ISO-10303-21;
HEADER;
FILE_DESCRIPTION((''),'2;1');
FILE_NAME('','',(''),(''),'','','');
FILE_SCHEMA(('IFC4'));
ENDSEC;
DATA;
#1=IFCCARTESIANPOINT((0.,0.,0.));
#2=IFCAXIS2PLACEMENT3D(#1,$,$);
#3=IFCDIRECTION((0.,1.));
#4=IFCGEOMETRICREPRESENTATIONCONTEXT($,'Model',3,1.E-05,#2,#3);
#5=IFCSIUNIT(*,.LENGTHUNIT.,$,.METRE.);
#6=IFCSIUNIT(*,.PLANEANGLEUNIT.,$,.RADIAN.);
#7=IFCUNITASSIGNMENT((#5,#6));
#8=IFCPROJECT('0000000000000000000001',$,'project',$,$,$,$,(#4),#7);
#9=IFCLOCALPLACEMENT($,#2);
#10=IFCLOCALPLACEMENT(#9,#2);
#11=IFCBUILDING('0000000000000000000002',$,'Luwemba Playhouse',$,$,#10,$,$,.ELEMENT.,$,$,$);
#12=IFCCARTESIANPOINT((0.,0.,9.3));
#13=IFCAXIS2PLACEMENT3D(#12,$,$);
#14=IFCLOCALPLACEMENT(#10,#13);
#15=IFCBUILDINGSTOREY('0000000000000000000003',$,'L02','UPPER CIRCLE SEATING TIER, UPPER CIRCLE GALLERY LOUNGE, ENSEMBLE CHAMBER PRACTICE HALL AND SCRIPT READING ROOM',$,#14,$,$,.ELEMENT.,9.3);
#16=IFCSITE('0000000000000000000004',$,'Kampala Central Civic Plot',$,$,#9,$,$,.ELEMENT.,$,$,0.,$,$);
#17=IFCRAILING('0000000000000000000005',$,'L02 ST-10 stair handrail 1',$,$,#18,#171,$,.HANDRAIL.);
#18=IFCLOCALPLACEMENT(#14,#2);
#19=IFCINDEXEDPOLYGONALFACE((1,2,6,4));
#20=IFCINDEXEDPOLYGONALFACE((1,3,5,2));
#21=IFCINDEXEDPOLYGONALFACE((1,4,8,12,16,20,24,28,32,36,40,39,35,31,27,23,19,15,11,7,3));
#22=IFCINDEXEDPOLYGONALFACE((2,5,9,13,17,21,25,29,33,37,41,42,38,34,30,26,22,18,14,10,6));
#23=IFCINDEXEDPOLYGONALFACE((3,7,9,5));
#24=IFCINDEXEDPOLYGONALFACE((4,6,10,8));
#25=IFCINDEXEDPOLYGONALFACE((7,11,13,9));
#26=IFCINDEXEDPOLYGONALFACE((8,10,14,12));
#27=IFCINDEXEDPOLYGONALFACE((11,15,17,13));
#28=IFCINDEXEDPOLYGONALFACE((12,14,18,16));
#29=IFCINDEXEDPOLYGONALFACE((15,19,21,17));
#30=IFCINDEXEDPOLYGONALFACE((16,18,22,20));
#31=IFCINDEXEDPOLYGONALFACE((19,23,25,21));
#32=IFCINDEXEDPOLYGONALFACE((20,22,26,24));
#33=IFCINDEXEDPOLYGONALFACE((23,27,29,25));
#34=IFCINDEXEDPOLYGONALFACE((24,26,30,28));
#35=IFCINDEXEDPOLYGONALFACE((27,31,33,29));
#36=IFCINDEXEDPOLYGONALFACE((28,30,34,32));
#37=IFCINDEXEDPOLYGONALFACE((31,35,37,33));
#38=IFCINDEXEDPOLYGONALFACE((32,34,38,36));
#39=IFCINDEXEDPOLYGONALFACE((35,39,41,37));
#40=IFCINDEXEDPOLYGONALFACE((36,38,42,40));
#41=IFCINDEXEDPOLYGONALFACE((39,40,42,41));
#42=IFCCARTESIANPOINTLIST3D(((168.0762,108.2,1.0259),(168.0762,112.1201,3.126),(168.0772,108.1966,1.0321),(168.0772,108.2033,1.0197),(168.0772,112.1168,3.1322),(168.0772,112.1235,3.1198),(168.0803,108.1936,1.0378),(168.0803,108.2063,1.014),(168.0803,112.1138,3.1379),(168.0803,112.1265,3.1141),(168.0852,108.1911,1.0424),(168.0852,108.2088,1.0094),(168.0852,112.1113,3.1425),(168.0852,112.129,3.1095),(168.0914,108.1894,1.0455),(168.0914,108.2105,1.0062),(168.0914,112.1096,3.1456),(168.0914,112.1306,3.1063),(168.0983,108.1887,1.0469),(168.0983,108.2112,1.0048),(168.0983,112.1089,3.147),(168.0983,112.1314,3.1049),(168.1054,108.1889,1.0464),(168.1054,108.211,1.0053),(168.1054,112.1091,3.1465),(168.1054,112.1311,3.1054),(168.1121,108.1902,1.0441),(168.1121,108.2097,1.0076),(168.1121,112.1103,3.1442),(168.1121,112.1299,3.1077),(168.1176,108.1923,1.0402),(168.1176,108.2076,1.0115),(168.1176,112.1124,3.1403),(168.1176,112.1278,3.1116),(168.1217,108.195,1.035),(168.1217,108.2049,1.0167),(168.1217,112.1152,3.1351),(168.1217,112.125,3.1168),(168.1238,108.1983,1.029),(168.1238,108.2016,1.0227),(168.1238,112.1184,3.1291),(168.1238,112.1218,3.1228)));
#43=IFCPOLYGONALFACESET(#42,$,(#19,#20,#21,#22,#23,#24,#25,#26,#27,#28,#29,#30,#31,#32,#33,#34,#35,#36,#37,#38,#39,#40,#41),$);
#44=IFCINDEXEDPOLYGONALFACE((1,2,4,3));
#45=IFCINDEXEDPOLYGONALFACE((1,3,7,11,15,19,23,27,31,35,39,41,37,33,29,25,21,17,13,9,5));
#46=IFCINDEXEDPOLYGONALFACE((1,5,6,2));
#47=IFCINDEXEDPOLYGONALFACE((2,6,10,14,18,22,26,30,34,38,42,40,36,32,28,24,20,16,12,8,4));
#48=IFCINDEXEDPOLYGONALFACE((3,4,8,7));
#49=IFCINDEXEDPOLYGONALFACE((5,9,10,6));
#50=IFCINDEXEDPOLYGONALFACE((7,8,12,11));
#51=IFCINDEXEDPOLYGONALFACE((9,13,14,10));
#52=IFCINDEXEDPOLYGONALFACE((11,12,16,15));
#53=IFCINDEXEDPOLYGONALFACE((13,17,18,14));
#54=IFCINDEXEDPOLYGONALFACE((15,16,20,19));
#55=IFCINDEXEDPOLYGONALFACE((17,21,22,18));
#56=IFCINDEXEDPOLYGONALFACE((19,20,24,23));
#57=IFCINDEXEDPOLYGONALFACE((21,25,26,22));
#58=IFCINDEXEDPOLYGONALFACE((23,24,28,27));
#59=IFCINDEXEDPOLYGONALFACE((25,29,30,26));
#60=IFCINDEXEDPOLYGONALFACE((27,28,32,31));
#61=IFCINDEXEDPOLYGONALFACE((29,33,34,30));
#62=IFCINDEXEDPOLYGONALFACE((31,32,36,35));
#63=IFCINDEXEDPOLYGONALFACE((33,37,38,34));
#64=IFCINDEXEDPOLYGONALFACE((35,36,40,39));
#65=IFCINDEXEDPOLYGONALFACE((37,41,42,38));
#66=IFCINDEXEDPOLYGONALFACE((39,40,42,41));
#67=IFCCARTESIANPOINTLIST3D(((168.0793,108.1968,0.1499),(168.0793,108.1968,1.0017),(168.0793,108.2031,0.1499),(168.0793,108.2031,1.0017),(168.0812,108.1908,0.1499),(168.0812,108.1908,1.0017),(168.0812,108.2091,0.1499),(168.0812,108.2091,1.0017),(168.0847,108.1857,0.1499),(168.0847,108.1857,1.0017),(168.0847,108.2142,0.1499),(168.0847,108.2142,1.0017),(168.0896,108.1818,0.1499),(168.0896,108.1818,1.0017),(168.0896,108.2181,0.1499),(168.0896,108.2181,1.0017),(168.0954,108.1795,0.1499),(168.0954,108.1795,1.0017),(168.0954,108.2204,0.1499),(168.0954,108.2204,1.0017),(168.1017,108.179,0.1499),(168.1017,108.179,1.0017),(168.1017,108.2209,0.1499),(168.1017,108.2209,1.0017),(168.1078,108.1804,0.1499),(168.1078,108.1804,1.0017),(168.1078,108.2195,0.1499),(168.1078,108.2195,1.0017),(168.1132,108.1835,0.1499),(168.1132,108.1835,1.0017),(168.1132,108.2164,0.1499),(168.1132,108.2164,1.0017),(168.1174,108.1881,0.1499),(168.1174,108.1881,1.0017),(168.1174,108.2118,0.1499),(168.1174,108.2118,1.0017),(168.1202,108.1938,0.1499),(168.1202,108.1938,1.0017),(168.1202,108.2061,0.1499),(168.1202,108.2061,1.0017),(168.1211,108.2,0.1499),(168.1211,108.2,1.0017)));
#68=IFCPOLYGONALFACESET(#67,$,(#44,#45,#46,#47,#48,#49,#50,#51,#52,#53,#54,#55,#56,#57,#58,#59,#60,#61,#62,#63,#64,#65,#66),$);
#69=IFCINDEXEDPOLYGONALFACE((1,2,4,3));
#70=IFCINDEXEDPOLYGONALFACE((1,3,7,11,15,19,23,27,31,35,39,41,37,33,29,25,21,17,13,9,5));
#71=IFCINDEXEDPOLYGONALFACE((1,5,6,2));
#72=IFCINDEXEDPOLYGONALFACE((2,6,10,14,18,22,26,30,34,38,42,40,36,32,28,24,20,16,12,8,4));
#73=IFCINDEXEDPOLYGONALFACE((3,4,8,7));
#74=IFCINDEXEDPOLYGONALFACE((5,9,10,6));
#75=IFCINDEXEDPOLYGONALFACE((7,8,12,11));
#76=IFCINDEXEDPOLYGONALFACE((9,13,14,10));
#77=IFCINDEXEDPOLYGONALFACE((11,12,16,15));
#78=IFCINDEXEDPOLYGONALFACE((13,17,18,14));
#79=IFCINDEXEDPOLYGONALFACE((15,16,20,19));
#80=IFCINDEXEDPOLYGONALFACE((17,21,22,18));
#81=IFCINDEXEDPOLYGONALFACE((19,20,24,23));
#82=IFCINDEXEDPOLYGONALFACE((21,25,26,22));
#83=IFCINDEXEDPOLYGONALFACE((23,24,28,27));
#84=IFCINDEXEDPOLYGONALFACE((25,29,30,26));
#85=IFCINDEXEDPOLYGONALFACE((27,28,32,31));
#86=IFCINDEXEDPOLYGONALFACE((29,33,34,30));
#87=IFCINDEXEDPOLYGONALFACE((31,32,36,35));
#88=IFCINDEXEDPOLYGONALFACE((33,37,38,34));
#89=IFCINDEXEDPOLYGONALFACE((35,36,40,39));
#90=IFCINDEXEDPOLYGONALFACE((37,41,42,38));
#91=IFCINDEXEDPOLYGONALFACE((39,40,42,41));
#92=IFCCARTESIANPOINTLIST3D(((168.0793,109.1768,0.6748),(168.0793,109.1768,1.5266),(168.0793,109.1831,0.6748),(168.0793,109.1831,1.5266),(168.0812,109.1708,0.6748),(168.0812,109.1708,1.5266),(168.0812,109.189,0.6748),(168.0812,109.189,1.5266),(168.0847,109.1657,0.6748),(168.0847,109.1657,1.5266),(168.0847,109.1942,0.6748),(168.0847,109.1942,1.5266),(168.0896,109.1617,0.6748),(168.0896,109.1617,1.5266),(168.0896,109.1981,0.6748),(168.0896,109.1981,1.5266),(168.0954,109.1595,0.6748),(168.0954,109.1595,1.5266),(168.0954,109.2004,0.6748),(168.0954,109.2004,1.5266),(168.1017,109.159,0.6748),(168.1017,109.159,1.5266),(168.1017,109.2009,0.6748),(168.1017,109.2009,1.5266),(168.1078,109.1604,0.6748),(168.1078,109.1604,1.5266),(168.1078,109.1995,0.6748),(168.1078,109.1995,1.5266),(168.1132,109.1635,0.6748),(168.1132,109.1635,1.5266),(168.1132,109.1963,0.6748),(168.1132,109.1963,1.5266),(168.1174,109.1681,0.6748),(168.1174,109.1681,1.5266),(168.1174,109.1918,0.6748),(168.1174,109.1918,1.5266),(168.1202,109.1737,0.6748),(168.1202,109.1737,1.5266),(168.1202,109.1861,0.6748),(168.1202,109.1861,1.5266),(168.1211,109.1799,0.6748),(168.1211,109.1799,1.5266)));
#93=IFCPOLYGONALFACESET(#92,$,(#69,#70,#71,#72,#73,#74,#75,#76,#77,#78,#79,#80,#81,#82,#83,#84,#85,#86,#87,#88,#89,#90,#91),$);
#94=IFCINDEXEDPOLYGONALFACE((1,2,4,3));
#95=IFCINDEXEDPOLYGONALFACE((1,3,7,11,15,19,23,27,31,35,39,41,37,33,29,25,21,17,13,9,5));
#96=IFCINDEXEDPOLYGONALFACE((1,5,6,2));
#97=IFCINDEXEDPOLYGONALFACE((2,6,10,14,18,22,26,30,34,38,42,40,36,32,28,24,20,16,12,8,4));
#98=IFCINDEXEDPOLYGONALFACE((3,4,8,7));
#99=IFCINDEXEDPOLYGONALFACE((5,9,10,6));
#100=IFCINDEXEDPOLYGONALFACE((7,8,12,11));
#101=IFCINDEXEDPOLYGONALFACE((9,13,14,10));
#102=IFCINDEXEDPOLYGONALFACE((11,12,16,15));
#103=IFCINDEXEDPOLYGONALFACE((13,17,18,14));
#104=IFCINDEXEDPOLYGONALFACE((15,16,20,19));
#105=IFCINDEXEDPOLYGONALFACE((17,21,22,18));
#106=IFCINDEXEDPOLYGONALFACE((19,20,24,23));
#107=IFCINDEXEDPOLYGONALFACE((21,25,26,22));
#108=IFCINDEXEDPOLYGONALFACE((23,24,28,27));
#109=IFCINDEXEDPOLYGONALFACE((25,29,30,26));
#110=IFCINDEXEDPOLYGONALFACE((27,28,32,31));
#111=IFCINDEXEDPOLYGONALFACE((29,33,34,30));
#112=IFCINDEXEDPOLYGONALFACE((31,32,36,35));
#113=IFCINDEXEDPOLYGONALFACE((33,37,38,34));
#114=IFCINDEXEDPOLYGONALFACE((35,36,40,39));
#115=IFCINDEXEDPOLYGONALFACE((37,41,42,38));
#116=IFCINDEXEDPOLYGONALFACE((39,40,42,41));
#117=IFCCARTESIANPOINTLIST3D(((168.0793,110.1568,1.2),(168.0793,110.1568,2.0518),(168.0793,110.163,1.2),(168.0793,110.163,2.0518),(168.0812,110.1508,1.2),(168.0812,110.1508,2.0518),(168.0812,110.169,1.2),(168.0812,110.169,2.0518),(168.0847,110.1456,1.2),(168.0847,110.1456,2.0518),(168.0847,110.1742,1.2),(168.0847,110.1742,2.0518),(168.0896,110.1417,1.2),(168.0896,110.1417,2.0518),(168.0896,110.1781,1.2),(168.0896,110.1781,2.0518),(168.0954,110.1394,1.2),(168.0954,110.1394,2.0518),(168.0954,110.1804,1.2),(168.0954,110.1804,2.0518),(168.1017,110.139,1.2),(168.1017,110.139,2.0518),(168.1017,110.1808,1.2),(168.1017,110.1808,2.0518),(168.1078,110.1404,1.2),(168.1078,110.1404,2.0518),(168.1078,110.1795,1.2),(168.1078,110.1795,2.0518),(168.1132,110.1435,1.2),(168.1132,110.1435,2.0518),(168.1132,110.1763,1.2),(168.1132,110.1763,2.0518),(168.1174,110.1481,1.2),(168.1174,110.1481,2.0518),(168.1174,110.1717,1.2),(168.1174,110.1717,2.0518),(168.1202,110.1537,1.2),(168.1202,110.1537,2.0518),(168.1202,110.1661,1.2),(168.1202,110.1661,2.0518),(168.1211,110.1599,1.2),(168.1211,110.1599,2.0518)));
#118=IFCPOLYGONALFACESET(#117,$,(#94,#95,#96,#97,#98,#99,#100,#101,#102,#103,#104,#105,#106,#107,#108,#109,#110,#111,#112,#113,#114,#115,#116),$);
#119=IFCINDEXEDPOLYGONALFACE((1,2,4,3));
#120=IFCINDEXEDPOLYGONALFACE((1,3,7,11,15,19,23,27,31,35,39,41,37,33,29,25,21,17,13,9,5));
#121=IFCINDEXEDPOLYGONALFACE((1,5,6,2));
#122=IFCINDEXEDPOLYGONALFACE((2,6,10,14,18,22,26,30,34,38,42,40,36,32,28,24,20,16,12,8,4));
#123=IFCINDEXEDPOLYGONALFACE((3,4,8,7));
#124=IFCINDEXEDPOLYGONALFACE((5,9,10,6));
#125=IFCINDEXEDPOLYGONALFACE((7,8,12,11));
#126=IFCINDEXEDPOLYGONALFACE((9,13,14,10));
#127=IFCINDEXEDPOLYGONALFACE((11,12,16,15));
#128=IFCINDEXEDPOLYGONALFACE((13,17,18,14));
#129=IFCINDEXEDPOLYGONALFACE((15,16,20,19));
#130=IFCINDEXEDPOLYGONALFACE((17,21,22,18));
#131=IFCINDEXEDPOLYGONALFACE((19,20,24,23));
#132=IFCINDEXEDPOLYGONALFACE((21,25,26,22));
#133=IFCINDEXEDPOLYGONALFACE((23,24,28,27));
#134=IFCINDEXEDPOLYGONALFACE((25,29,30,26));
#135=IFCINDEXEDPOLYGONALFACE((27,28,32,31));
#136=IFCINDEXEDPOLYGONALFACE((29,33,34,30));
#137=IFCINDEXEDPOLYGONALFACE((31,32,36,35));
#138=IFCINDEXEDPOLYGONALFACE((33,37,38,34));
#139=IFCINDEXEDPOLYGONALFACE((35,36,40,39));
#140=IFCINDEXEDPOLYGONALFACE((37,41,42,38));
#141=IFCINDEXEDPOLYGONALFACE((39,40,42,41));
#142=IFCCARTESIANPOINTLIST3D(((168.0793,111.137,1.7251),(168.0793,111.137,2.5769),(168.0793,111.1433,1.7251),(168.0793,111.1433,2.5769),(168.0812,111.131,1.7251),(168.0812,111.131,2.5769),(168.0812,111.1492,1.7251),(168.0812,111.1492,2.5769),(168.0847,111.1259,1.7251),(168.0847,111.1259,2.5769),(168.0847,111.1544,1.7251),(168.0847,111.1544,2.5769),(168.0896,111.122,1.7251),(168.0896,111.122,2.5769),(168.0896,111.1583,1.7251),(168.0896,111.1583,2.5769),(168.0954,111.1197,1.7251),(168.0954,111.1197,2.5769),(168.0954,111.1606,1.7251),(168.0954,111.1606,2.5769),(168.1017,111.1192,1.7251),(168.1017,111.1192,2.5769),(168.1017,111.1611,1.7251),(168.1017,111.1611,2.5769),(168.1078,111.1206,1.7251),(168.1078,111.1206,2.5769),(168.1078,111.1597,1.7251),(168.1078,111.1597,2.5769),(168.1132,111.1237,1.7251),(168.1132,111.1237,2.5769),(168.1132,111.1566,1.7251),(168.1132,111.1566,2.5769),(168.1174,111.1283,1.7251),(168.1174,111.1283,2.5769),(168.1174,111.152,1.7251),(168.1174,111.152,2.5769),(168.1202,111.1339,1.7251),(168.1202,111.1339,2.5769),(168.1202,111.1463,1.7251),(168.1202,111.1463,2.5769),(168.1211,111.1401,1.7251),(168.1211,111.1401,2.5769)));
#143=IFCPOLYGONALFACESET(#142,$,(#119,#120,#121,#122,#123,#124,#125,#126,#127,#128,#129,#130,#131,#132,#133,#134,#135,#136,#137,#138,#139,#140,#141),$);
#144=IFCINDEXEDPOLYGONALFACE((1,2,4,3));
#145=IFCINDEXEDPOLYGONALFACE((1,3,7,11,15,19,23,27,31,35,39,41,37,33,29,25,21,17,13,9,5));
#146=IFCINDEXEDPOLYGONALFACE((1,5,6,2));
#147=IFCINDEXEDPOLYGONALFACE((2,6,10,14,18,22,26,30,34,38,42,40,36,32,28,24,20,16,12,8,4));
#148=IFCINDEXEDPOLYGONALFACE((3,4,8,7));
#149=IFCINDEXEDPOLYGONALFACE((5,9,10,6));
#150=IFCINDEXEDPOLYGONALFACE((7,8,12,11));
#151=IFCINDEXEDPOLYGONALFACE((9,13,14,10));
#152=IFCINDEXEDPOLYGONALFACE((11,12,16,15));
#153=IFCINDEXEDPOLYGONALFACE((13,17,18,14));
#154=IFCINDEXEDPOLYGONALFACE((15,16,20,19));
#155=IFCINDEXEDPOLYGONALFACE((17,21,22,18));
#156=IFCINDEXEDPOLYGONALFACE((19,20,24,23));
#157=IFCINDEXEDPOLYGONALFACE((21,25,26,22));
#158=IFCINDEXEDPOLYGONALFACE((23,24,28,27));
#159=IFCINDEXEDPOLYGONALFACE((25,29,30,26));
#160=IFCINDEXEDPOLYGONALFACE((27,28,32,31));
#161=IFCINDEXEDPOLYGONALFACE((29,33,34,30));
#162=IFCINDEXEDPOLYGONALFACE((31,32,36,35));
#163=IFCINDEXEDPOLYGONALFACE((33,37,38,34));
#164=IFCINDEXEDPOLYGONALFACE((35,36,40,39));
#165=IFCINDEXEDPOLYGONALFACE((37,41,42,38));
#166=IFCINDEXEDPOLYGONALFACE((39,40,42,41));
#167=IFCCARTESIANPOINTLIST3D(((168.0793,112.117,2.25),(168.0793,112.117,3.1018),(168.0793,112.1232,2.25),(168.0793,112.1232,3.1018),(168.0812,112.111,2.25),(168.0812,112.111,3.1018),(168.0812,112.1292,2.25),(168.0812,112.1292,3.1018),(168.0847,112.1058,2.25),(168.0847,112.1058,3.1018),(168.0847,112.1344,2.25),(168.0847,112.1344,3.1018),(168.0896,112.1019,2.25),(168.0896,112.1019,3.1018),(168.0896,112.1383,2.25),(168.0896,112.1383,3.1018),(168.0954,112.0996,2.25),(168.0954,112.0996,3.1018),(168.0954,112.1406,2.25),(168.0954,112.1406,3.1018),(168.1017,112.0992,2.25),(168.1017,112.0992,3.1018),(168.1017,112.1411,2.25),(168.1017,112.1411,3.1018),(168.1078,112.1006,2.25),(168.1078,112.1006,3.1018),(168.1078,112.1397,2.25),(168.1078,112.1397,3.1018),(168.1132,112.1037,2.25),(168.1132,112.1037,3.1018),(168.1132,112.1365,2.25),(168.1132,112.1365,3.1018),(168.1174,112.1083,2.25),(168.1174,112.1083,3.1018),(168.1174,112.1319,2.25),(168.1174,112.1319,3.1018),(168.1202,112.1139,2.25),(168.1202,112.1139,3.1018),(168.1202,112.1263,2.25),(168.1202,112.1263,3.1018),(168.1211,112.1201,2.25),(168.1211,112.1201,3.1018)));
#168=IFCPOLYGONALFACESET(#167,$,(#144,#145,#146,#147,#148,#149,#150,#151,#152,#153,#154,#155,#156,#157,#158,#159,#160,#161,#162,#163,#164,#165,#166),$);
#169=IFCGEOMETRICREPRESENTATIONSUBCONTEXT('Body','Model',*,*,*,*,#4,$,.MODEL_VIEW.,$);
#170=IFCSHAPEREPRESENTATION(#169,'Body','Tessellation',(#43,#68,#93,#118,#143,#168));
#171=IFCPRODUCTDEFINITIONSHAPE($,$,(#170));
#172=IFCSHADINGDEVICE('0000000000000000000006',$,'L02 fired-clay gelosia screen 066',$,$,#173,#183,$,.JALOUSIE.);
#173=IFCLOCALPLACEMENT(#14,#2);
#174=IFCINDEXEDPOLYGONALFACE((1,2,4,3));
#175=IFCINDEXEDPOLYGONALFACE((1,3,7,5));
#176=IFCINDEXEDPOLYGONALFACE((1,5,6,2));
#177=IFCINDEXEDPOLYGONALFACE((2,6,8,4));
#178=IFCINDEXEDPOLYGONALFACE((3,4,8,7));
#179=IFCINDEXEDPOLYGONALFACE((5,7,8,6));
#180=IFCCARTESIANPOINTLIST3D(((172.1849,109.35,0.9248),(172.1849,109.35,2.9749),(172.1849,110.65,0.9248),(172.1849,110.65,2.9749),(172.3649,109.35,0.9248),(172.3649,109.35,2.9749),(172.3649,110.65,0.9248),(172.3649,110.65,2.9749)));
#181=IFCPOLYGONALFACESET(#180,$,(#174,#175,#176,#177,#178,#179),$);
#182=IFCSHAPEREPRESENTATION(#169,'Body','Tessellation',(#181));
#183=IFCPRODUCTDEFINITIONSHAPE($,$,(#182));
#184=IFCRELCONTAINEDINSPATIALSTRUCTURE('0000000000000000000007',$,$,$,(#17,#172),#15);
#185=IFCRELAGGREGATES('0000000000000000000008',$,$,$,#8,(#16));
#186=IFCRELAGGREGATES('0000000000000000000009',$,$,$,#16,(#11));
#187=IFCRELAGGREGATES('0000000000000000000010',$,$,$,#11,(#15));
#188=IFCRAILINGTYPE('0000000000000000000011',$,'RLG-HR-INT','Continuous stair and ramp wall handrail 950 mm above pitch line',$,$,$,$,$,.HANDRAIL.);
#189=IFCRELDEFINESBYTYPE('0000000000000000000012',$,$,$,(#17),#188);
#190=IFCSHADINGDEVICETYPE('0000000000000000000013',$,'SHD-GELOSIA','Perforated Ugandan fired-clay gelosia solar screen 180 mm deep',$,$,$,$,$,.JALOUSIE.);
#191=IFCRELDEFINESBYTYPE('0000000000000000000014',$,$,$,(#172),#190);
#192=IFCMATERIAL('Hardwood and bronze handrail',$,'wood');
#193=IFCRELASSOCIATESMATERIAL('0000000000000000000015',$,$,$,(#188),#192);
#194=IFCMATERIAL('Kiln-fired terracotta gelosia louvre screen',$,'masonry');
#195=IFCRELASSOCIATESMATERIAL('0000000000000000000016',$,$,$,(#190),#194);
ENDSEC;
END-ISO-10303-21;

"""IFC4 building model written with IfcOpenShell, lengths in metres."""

from ifc_helpers import new_model, si_unit, direction, frame, origin, origin_2d, place, context, subcontext, project, spatial, rectangle, circle, extrude, material, type_object, element, save


model = new_model("IFC4")

# Units and contexts
model_context = context("Model", 3, precision=1e-05, world=origin(), true_north=direction((0.0, 1.0)))
body_context = subcontext(model_context, "Body", "Model", "MODEL_VIEW")
ifc_project = project(units=[si_unit("LENGTHUNIT", "METRE"), si_unit("PLANEANGLEUNIT", "RADIAN")], contexts=[model_context])

# Site, building, storey
site_placement = place(None, origin())
site = spatial("IfcSite", under=ifc_project, at=site_placement, Name="Kampala Central Civic Plot", CompositionType="ELEMENT", RefElevation=0.0)
building_placement = place(site_placement, origin())
building = spatial("IfcBuilding", under=site, at=building_placement, Name="Luwemba Playhouse", CompositionType="ELEMENT")
storey_placement = place(building_placement, frame((0.0, 0.0, 9.3)))
storey = spatial("IfcBuildingStorey", under=building, at=storey_placement, Name="L02", Description="UPPER CIRCLE SEATING TIER, UPPER CIRCLE GALLERY LOUNGE, ENSEMBLE CHAMBER PRACTICE HALL AND SCRIPT READING ROOM", CompositionType="ELEMENT", Elevation=9.3)

# Railing
ifc_material_1 = material(Name="Hardwood and bronze handrail", Category="wood")
railing_type_1 = type_object("IfcRailingType", Name="RLG-HR-INT", Description="Continuous stair and ramp wall handrail 950 mm above pitch line", PredefinedType="HANDRAIL", material=ifc_material_1)
railing_1_placement = place(storey_placement, frame((168.1001, 108.2, 0.1499)))
element("IfcRailing", 1, at=railing_1_placement, inside=storey, type_object=railing_type_1, Name="L02 ST-10 stair handrail 1", PredefinedType="HANDRAIL", context=body_context, shape_type="SweptSolid", body=[
    extrude(circle(Radius=0.0239, at=origin_2d()), frame((0.0, 0.0, 0.876), z_axis=(0.0, 0.881479, 0.472223), x_axis=(-1.0, 0.0, 0.0)), (0.0, 0.0, 1.0), 4.4473),
    extrude(circle(Radius=0.021, at=origin_2d()), origin(), (0.0, 0.0, 1.0), 0.8518),
    extrude(circle(Radius=0.021, at=origin_2d()), frame((0.0, 0.98, 0.5249)), (0.0, 0.0, 1.0), 0.8518),
    extrude(circle(Radius=0.021, at=origin_2d()), frame((0.0, 1.96, 1.05)), (0.0, 0.0, 1.0), 0.8518),
    extrude(circle(Radius=0.021, at=origin_2d()), frame((0.0, 2.9402, 1.5752)), (0.0, 0.0, 1.0), 0.8518),
    extrude(circle(Radius=0.021, at=origin_2d()), frame((0.0, 3.9202, 2.1001)), (0.0, 0.0, 1.0), 0.8518),
])

# Shading device
ifc_material_2 = material(Name="Kiln-fired terracotta gelosia louvre screen", Category="masonry")
shading_device_type = type_object("IfcShadingDeviceType", Name="SHD-GELOSIA", Description="Perforated Ugandan fired-clay gelosia solar screen 180 mm deep", PredefinedType="JALOUSIE", material=ifc_material_2)
shading_device_placement = place(storey_placement, frame((172.2749, 110.0, 0.9248), z_axis=(0.0, 0.0, 1.0), x_axis=(0.0, -1.0, 0.0)))
element("IfcShadingDevice", 2, at=shading_device_placement, inside=storey, type_object=shading_device_type, Name="L02 fired-clay gelosia screen 066", PredefinedType="JALOUSIE", context=body_context, shape_type="SweptSolid", body=[
    extrude(rectangle(XDim=1.3, YDim=0.1799, at=origin_2d()), origin(), (0.0, 0.0, 1.0), 2.05),
])

save(model, "model.ifc")
